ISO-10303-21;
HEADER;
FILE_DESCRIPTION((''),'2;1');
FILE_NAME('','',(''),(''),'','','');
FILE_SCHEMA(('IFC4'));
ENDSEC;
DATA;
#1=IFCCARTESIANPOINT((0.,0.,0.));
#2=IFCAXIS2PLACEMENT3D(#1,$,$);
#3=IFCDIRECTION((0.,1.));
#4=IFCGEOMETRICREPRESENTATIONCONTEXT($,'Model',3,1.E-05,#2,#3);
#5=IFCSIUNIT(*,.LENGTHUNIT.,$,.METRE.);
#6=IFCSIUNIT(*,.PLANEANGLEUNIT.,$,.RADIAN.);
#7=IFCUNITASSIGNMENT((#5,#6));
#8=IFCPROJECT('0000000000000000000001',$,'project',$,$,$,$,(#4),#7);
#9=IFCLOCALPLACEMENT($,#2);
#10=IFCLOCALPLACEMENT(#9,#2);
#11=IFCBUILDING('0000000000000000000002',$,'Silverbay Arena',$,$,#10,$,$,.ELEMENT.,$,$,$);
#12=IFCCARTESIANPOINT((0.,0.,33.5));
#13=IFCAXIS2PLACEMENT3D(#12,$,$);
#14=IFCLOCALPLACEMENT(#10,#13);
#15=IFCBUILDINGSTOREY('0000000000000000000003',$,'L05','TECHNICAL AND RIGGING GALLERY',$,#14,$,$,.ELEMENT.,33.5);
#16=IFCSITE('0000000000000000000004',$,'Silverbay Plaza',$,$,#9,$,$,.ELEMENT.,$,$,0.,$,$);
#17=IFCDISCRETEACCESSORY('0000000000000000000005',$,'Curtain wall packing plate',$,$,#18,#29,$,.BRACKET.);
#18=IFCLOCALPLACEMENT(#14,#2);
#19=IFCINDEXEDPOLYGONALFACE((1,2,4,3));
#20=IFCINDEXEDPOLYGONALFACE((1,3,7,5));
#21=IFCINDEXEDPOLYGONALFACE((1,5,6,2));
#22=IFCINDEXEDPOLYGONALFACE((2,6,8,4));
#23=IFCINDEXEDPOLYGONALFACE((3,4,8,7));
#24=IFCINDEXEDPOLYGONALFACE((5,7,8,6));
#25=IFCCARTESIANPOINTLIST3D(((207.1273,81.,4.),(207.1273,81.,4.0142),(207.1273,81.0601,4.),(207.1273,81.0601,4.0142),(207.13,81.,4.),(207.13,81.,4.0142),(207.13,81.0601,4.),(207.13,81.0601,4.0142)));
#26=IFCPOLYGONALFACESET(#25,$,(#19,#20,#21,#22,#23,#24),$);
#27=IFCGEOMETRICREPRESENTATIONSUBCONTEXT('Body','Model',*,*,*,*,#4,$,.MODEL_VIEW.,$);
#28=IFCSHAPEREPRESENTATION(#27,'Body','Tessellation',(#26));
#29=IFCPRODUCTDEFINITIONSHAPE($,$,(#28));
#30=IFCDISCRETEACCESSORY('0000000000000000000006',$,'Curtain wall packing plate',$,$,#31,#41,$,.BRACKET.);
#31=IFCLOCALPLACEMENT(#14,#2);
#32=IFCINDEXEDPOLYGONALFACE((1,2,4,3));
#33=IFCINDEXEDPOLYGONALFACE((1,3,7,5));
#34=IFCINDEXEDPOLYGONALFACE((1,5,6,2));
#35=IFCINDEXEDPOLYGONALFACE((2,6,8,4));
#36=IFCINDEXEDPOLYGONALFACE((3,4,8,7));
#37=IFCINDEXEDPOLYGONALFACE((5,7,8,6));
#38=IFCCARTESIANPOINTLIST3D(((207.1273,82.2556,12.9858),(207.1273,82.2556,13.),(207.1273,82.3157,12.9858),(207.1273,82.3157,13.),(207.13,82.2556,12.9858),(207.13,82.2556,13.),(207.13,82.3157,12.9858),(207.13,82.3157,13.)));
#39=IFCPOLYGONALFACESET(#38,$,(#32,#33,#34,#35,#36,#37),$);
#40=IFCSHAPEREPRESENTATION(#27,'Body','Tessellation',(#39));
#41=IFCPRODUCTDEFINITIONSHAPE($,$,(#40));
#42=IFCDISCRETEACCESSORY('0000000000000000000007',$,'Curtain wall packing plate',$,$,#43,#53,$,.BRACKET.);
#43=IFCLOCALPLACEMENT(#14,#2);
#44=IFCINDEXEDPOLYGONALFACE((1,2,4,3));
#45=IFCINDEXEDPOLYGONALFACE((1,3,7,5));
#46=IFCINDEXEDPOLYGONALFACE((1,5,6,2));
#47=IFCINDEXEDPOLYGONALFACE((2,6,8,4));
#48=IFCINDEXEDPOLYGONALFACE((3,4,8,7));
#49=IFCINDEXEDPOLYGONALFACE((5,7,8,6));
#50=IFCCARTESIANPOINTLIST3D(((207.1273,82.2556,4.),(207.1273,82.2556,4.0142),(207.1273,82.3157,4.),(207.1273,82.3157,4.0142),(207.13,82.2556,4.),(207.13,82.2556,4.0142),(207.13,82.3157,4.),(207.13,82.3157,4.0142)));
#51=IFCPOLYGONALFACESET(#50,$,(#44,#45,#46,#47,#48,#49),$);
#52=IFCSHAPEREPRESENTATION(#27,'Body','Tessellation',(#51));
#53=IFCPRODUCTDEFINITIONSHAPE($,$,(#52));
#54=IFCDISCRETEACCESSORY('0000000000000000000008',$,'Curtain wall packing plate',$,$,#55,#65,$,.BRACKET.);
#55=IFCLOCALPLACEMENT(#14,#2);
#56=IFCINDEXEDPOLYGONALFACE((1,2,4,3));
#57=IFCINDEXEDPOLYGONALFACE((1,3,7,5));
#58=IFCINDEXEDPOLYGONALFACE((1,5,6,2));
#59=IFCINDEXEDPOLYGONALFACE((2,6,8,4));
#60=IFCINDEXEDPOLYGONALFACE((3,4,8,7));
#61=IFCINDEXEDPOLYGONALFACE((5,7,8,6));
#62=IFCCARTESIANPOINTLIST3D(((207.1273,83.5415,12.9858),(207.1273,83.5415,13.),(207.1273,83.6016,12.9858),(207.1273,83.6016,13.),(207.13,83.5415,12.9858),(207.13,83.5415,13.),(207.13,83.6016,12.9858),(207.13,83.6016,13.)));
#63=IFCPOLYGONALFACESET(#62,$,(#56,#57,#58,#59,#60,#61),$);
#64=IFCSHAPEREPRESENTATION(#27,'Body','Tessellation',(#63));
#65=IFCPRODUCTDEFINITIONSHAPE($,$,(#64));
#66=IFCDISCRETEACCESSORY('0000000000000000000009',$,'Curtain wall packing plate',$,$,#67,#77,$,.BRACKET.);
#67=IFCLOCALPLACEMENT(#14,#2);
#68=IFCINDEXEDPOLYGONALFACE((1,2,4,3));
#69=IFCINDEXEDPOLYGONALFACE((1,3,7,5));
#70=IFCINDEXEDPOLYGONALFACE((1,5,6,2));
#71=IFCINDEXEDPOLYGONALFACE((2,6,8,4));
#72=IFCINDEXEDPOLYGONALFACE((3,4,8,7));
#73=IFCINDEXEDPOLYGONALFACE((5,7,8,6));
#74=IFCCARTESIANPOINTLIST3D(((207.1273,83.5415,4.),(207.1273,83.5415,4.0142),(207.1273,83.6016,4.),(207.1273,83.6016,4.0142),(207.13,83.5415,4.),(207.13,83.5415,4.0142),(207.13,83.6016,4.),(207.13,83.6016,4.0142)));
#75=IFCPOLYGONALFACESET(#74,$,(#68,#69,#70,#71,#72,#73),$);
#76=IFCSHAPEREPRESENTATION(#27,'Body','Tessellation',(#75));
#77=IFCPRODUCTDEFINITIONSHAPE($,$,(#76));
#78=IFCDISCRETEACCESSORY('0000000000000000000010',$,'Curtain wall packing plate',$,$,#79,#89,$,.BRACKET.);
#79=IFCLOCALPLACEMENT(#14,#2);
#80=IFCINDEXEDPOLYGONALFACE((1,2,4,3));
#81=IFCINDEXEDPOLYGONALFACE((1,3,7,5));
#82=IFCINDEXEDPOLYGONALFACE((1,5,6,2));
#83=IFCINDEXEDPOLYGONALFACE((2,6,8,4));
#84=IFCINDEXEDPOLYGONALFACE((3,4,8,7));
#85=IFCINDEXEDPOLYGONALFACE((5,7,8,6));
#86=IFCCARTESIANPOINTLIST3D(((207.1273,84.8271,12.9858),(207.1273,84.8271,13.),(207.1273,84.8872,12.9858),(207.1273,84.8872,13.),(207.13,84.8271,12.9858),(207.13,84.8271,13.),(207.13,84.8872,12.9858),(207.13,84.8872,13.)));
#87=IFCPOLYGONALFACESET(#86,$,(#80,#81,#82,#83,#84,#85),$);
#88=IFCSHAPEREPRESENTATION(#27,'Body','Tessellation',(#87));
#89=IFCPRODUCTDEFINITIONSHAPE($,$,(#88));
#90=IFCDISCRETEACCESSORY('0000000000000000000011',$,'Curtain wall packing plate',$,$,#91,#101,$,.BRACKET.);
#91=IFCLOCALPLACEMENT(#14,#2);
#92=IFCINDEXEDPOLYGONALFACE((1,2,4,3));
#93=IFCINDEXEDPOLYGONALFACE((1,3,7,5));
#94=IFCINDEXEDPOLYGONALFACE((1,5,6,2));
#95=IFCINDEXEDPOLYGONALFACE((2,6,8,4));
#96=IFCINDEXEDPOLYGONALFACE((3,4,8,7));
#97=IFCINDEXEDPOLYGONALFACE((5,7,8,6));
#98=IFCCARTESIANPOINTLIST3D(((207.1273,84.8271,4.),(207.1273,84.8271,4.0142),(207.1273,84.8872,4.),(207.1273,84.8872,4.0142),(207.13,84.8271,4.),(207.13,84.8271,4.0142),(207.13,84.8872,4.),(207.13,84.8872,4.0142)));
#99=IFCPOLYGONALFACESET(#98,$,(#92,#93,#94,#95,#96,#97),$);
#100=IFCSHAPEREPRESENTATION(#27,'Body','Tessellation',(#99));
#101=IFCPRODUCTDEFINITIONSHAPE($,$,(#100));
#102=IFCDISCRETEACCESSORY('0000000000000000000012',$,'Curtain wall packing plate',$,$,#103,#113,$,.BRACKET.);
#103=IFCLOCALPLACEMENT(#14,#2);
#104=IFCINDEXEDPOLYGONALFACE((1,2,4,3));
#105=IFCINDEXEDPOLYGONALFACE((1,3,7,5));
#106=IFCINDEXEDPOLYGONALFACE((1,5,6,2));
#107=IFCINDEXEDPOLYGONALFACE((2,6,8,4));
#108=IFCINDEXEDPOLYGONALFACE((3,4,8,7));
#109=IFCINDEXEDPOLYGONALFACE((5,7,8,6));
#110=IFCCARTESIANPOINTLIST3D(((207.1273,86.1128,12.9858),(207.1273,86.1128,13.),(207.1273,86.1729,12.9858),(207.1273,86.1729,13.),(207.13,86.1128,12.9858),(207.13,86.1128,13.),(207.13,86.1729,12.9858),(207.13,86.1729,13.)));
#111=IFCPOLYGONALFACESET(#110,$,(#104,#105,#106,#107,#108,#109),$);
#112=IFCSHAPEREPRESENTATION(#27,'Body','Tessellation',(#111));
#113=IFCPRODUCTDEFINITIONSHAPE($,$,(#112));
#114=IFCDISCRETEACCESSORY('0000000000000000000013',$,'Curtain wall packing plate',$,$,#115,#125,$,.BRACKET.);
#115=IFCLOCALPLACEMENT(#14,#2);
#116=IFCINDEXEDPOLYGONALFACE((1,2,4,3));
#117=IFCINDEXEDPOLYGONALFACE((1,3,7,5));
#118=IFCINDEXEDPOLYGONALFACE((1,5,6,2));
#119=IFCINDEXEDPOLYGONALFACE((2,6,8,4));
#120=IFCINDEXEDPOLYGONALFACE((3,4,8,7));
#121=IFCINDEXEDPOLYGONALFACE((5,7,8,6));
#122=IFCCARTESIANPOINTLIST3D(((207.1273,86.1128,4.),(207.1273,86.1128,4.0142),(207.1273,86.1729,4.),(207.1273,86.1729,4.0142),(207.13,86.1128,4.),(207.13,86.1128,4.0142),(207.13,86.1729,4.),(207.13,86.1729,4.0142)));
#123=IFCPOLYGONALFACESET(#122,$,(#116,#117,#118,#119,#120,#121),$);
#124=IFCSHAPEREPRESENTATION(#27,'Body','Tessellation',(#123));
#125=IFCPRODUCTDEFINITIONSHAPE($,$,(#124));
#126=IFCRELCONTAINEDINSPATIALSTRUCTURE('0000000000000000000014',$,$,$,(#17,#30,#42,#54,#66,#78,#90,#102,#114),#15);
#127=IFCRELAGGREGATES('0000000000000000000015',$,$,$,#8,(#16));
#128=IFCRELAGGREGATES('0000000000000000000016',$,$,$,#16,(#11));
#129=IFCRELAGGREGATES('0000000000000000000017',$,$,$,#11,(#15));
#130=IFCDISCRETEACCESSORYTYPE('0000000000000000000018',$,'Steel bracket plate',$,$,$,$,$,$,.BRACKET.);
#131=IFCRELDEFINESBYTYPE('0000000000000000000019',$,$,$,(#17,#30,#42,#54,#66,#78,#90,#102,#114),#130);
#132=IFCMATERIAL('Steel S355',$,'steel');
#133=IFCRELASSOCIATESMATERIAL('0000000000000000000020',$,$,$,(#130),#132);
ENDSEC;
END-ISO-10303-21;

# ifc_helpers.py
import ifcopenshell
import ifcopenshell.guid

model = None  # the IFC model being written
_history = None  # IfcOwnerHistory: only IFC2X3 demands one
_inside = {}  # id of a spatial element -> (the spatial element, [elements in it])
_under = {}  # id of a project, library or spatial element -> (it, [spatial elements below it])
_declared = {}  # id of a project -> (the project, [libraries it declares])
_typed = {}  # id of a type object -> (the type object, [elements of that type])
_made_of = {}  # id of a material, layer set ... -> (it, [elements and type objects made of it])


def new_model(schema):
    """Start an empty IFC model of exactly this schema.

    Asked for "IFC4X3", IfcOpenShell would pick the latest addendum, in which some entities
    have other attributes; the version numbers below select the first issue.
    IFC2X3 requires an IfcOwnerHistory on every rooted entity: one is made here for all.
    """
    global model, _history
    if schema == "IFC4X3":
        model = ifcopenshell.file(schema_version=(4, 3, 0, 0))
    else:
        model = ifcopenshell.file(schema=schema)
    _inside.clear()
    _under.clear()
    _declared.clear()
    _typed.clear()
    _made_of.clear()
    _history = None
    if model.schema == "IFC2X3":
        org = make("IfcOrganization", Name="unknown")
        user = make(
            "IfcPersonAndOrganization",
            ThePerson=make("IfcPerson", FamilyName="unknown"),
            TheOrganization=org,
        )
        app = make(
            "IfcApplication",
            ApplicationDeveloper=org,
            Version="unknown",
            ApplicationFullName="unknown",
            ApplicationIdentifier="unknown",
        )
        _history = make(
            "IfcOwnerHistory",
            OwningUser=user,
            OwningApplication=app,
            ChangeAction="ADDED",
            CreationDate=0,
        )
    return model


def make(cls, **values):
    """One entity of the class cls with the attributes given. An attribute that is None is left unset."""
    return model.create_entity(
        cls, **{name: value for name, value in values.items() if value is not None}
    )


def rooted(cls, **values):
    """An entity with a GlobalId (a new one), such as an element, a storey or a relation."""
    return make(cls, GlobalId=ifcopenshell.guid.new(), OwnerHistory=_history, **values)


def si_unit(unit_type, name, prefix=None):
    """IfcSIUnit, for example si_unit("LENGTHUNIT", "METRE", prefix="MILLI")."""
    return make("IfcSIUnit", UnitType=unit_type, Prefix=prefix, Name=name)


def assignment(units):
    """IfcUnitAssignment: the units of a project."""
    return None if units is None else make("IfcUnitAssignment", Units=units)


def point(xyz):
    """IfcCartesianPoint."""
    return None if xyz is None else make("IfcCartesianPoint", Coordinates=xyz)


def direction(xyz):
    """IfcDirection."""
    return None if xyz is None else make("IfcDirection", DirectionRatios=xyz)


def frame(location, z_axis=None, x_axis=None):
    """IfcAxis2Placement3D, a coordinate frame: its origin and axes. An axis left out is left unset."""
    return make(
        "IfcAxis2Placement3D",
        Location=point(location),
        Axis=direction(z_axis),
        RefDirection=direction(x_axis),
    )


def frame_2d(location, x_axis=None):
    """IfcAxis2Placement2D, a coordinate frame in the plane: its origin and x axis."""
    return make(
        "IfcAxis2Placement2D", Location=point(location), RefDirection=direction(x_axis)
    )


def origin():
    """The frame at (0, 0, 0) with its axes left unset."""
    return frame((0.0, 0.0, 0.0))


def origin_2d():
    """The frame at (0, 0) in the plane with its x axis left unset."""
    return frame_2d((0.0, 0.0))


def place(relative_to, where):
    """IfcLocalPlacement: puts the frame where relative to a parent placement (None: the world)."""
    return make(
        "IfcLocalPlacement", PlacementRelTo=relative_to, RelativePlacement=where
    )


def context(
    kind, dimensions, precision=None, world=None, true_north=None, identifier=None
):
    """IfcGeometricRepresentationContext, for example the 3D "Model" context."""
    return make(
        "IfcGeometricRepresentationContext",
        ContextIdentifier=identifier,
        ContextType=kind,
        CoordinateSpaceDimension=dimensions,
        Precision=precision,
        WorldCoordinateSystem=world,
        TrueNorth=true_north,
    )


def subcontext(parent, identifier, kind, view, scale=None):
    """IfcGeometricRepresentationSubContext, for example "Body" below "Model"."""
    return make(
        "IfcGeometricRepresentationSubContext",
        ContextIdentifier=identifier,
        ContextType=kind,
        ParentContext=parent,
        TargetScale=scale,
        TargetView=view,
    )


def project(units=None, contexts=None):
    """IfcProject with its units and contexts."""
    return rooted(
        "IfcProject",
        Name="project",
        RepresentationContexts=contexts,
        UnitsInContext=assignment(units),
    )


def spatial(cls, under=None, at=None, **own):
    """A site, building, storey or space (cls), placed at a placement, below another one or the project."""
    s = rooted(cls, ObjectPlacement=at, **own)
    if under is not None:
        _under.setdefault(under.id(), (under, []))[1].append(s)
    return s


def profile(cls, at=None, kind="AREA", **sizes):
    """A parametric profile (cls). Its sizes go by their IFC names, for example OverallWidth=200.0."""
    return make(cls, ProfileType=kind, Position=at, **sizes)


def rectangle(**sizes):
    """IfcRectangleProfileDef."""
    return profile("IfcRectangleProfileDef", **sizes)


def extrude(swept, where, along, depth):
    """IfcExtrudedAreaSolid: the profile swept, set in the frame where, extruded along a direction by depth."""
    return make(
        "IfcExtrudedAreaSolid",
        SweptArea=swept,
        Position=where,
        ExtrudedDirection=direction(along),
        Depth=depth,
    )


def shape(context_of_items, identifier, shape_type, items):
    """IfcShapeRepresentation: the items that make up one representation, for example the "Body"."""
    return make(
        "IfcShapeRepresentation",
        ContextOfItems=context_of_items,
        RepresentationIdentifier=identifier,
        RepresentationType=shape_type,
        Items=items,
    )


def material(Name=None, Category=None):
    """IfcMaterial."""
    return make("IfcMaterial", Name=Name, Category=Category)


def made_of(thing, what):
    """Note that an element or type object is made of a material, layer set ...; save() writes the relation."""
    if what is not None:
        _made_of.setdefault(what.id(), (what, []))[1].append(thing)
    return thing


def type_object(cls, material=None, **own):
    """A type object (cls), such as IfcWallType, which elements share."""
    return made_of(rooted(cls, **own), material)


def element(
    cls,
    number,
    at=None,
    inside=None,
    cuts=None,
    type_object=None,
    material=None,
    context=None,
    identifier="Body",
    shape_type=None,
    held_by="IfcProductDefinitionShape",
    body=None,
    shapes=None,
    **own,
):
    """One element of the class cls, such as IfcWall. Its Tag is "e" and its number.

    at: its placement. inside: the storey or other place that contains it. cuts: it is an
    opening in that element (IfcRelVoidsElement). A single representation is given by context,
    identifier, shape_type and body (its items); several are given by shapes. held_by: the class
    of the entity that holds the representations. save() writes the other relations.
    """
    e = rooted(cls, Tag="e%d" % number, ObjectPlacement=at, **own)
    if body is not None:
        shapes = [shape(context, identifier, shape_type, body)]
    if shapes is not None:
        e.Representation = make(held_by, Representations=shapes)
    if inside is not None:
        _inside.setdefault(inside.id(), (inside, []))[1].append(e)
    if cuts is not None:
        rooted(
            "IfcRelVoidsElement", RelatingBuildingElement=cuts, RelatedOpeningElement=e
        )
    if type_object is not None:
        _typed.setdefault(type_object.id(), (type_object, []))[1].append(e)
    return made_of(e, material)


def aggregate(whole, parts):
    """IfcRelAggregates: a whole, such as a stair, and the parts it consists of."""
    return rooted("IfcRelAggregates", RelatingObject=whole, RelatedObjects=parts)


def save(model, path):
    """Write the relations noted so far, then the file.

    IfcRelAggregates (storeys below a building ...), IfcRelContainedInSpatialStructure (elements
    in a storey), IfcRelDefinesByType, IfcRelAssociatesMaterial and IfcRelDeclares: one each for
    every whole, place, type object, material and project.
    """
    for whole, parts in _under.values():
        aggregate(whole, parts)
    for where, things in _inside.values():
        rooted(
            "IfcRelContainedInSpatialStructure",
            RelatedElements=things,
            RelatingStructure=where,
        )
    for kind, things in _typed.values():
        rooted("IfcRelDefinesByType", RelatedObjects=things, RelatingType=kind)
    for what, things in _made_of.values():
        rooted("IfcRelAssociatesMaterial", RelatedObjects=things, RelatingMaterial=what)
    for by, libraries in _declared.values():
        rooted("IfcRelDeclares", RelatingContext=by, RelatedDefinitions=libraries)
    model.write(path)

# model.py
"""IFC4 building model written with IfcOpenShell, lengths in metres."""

from ifc_helpers import new_model, si_unit, direction, frame, origin, origin_2d, place, context, subcontext, project, spatial, rectangle, extrude, material, type_object, element, save


model = new_model("IFC4")

# Units and contexts
model_context = context("Model", 3, precision=1e-05, world=origin(), true_north=direction((0.0, 1.0)))
body_context = subcontext(model_context, "Body", "Model", "MODEL_VIEW")
ifc_project = project(units=[si_unit("LENGTHUNIT", "METRE"), si_unit("PLANEANGLEUNIT", "RADIAN")], contexts=[model_context])

# Site, building, storey
site_placement = place(None, origin())
site = spatial("IfcSite", under=ifc_project, at=site_placement, Name="Silverbay Plaza", CompositionType="ELEMENT", RefElevation=0.0)
building_placement = place(site_placement, origin())
building = spatial("IfcBuilding", under=site, at=building_placement, Name="Silverbay Arena", CompositionType="ELEMENT")
storey_placement = place(building_placement, frame((0.0, 0.0, 33.5)))
storey = spatial("IfcBuildingStorey", under=building, at=storey_placement, Name="L05", Description="TECHNICAL AND RIGGING GALLERY", CompositionType="ELEMENT", Elevation=33.5)

# Discrete accessories
ifc_material_1 = material(Name="Steel S355", Category="steel")
discrete_accessory_type = type_object("IfcDiscreteAccessoryType", Name="Steel bracket plate", PredefinedType="BRACKET", material=ifc_material_1)
for number, where, z_axis, x_axis, name in (
    (1, (207.1287, 81.03, 4.0), (0.0, 0.0, 1.0), (1.0, 0.0, 0.0), "Curtain wall packing plate"),
    (2, (207.1287, 82.2856, 12.9858), (0.0, 0.0, 1.0), (1.0, 0.0, 0.0), "Curtain wall packing plate"),
    (3, (207.1287, 82.2856, 4.0), (0.0, 0.0, 1.0), (1.0, 0.0, 0.0), "Curtain wall packing plate"),
    (4, (207.1287, 83.5715, 12.9858), (0.0, 0.0, 1.0), (1.0, 0.0, 0.0), "Curtain wall packing plate"),
    (5, (207.1287, 83.5715, 4.0), (0.0, 0.0, 1.0), (1.0, 0.0, 0.0), "Curtain wall packing plate"),
    (6, (207.1287, 84.8572, 12.9858), (0.0, 0.0, 1.0), (1.0, 0.0, 0.0), "Curtain wall packing plate"),
    (7, (207.1287, 84.8572, 4.0), (0.0, 0.0, 1.0), (1.0, 0.0, 0.0), "Curtain wall packing plate"),
    (8, (207.1287, 86.1428, 12.9858), (0.0, 0.0, 1.0), (1.0, 0.0, 0.0), "Curtain wall packing plate"),
    (9, (207.1287, 86.1428, 4.0), (0.0, 0.0, 1.0), (1.0, 0.0, 0.0), "Curtain wall packing plate"),
):
    element("IfcDiscreteAccessory", number, at=place(storey_placement, frame(where, z_axis=z_axis, x_axis=x_axis)), inside=storey, type_object=discrete_accessory_type, Name=name, PredefinedType="BRACKET", context=body_context, shape_type="SweptSolid", body=[
        extrude(rectangle(XDim=0.0027, YDim=0.0601, at=origin_2d()), origin(), (0.0, 0.0, 1.0), 0.0142),
    ])

save(model, "model.ifc")
